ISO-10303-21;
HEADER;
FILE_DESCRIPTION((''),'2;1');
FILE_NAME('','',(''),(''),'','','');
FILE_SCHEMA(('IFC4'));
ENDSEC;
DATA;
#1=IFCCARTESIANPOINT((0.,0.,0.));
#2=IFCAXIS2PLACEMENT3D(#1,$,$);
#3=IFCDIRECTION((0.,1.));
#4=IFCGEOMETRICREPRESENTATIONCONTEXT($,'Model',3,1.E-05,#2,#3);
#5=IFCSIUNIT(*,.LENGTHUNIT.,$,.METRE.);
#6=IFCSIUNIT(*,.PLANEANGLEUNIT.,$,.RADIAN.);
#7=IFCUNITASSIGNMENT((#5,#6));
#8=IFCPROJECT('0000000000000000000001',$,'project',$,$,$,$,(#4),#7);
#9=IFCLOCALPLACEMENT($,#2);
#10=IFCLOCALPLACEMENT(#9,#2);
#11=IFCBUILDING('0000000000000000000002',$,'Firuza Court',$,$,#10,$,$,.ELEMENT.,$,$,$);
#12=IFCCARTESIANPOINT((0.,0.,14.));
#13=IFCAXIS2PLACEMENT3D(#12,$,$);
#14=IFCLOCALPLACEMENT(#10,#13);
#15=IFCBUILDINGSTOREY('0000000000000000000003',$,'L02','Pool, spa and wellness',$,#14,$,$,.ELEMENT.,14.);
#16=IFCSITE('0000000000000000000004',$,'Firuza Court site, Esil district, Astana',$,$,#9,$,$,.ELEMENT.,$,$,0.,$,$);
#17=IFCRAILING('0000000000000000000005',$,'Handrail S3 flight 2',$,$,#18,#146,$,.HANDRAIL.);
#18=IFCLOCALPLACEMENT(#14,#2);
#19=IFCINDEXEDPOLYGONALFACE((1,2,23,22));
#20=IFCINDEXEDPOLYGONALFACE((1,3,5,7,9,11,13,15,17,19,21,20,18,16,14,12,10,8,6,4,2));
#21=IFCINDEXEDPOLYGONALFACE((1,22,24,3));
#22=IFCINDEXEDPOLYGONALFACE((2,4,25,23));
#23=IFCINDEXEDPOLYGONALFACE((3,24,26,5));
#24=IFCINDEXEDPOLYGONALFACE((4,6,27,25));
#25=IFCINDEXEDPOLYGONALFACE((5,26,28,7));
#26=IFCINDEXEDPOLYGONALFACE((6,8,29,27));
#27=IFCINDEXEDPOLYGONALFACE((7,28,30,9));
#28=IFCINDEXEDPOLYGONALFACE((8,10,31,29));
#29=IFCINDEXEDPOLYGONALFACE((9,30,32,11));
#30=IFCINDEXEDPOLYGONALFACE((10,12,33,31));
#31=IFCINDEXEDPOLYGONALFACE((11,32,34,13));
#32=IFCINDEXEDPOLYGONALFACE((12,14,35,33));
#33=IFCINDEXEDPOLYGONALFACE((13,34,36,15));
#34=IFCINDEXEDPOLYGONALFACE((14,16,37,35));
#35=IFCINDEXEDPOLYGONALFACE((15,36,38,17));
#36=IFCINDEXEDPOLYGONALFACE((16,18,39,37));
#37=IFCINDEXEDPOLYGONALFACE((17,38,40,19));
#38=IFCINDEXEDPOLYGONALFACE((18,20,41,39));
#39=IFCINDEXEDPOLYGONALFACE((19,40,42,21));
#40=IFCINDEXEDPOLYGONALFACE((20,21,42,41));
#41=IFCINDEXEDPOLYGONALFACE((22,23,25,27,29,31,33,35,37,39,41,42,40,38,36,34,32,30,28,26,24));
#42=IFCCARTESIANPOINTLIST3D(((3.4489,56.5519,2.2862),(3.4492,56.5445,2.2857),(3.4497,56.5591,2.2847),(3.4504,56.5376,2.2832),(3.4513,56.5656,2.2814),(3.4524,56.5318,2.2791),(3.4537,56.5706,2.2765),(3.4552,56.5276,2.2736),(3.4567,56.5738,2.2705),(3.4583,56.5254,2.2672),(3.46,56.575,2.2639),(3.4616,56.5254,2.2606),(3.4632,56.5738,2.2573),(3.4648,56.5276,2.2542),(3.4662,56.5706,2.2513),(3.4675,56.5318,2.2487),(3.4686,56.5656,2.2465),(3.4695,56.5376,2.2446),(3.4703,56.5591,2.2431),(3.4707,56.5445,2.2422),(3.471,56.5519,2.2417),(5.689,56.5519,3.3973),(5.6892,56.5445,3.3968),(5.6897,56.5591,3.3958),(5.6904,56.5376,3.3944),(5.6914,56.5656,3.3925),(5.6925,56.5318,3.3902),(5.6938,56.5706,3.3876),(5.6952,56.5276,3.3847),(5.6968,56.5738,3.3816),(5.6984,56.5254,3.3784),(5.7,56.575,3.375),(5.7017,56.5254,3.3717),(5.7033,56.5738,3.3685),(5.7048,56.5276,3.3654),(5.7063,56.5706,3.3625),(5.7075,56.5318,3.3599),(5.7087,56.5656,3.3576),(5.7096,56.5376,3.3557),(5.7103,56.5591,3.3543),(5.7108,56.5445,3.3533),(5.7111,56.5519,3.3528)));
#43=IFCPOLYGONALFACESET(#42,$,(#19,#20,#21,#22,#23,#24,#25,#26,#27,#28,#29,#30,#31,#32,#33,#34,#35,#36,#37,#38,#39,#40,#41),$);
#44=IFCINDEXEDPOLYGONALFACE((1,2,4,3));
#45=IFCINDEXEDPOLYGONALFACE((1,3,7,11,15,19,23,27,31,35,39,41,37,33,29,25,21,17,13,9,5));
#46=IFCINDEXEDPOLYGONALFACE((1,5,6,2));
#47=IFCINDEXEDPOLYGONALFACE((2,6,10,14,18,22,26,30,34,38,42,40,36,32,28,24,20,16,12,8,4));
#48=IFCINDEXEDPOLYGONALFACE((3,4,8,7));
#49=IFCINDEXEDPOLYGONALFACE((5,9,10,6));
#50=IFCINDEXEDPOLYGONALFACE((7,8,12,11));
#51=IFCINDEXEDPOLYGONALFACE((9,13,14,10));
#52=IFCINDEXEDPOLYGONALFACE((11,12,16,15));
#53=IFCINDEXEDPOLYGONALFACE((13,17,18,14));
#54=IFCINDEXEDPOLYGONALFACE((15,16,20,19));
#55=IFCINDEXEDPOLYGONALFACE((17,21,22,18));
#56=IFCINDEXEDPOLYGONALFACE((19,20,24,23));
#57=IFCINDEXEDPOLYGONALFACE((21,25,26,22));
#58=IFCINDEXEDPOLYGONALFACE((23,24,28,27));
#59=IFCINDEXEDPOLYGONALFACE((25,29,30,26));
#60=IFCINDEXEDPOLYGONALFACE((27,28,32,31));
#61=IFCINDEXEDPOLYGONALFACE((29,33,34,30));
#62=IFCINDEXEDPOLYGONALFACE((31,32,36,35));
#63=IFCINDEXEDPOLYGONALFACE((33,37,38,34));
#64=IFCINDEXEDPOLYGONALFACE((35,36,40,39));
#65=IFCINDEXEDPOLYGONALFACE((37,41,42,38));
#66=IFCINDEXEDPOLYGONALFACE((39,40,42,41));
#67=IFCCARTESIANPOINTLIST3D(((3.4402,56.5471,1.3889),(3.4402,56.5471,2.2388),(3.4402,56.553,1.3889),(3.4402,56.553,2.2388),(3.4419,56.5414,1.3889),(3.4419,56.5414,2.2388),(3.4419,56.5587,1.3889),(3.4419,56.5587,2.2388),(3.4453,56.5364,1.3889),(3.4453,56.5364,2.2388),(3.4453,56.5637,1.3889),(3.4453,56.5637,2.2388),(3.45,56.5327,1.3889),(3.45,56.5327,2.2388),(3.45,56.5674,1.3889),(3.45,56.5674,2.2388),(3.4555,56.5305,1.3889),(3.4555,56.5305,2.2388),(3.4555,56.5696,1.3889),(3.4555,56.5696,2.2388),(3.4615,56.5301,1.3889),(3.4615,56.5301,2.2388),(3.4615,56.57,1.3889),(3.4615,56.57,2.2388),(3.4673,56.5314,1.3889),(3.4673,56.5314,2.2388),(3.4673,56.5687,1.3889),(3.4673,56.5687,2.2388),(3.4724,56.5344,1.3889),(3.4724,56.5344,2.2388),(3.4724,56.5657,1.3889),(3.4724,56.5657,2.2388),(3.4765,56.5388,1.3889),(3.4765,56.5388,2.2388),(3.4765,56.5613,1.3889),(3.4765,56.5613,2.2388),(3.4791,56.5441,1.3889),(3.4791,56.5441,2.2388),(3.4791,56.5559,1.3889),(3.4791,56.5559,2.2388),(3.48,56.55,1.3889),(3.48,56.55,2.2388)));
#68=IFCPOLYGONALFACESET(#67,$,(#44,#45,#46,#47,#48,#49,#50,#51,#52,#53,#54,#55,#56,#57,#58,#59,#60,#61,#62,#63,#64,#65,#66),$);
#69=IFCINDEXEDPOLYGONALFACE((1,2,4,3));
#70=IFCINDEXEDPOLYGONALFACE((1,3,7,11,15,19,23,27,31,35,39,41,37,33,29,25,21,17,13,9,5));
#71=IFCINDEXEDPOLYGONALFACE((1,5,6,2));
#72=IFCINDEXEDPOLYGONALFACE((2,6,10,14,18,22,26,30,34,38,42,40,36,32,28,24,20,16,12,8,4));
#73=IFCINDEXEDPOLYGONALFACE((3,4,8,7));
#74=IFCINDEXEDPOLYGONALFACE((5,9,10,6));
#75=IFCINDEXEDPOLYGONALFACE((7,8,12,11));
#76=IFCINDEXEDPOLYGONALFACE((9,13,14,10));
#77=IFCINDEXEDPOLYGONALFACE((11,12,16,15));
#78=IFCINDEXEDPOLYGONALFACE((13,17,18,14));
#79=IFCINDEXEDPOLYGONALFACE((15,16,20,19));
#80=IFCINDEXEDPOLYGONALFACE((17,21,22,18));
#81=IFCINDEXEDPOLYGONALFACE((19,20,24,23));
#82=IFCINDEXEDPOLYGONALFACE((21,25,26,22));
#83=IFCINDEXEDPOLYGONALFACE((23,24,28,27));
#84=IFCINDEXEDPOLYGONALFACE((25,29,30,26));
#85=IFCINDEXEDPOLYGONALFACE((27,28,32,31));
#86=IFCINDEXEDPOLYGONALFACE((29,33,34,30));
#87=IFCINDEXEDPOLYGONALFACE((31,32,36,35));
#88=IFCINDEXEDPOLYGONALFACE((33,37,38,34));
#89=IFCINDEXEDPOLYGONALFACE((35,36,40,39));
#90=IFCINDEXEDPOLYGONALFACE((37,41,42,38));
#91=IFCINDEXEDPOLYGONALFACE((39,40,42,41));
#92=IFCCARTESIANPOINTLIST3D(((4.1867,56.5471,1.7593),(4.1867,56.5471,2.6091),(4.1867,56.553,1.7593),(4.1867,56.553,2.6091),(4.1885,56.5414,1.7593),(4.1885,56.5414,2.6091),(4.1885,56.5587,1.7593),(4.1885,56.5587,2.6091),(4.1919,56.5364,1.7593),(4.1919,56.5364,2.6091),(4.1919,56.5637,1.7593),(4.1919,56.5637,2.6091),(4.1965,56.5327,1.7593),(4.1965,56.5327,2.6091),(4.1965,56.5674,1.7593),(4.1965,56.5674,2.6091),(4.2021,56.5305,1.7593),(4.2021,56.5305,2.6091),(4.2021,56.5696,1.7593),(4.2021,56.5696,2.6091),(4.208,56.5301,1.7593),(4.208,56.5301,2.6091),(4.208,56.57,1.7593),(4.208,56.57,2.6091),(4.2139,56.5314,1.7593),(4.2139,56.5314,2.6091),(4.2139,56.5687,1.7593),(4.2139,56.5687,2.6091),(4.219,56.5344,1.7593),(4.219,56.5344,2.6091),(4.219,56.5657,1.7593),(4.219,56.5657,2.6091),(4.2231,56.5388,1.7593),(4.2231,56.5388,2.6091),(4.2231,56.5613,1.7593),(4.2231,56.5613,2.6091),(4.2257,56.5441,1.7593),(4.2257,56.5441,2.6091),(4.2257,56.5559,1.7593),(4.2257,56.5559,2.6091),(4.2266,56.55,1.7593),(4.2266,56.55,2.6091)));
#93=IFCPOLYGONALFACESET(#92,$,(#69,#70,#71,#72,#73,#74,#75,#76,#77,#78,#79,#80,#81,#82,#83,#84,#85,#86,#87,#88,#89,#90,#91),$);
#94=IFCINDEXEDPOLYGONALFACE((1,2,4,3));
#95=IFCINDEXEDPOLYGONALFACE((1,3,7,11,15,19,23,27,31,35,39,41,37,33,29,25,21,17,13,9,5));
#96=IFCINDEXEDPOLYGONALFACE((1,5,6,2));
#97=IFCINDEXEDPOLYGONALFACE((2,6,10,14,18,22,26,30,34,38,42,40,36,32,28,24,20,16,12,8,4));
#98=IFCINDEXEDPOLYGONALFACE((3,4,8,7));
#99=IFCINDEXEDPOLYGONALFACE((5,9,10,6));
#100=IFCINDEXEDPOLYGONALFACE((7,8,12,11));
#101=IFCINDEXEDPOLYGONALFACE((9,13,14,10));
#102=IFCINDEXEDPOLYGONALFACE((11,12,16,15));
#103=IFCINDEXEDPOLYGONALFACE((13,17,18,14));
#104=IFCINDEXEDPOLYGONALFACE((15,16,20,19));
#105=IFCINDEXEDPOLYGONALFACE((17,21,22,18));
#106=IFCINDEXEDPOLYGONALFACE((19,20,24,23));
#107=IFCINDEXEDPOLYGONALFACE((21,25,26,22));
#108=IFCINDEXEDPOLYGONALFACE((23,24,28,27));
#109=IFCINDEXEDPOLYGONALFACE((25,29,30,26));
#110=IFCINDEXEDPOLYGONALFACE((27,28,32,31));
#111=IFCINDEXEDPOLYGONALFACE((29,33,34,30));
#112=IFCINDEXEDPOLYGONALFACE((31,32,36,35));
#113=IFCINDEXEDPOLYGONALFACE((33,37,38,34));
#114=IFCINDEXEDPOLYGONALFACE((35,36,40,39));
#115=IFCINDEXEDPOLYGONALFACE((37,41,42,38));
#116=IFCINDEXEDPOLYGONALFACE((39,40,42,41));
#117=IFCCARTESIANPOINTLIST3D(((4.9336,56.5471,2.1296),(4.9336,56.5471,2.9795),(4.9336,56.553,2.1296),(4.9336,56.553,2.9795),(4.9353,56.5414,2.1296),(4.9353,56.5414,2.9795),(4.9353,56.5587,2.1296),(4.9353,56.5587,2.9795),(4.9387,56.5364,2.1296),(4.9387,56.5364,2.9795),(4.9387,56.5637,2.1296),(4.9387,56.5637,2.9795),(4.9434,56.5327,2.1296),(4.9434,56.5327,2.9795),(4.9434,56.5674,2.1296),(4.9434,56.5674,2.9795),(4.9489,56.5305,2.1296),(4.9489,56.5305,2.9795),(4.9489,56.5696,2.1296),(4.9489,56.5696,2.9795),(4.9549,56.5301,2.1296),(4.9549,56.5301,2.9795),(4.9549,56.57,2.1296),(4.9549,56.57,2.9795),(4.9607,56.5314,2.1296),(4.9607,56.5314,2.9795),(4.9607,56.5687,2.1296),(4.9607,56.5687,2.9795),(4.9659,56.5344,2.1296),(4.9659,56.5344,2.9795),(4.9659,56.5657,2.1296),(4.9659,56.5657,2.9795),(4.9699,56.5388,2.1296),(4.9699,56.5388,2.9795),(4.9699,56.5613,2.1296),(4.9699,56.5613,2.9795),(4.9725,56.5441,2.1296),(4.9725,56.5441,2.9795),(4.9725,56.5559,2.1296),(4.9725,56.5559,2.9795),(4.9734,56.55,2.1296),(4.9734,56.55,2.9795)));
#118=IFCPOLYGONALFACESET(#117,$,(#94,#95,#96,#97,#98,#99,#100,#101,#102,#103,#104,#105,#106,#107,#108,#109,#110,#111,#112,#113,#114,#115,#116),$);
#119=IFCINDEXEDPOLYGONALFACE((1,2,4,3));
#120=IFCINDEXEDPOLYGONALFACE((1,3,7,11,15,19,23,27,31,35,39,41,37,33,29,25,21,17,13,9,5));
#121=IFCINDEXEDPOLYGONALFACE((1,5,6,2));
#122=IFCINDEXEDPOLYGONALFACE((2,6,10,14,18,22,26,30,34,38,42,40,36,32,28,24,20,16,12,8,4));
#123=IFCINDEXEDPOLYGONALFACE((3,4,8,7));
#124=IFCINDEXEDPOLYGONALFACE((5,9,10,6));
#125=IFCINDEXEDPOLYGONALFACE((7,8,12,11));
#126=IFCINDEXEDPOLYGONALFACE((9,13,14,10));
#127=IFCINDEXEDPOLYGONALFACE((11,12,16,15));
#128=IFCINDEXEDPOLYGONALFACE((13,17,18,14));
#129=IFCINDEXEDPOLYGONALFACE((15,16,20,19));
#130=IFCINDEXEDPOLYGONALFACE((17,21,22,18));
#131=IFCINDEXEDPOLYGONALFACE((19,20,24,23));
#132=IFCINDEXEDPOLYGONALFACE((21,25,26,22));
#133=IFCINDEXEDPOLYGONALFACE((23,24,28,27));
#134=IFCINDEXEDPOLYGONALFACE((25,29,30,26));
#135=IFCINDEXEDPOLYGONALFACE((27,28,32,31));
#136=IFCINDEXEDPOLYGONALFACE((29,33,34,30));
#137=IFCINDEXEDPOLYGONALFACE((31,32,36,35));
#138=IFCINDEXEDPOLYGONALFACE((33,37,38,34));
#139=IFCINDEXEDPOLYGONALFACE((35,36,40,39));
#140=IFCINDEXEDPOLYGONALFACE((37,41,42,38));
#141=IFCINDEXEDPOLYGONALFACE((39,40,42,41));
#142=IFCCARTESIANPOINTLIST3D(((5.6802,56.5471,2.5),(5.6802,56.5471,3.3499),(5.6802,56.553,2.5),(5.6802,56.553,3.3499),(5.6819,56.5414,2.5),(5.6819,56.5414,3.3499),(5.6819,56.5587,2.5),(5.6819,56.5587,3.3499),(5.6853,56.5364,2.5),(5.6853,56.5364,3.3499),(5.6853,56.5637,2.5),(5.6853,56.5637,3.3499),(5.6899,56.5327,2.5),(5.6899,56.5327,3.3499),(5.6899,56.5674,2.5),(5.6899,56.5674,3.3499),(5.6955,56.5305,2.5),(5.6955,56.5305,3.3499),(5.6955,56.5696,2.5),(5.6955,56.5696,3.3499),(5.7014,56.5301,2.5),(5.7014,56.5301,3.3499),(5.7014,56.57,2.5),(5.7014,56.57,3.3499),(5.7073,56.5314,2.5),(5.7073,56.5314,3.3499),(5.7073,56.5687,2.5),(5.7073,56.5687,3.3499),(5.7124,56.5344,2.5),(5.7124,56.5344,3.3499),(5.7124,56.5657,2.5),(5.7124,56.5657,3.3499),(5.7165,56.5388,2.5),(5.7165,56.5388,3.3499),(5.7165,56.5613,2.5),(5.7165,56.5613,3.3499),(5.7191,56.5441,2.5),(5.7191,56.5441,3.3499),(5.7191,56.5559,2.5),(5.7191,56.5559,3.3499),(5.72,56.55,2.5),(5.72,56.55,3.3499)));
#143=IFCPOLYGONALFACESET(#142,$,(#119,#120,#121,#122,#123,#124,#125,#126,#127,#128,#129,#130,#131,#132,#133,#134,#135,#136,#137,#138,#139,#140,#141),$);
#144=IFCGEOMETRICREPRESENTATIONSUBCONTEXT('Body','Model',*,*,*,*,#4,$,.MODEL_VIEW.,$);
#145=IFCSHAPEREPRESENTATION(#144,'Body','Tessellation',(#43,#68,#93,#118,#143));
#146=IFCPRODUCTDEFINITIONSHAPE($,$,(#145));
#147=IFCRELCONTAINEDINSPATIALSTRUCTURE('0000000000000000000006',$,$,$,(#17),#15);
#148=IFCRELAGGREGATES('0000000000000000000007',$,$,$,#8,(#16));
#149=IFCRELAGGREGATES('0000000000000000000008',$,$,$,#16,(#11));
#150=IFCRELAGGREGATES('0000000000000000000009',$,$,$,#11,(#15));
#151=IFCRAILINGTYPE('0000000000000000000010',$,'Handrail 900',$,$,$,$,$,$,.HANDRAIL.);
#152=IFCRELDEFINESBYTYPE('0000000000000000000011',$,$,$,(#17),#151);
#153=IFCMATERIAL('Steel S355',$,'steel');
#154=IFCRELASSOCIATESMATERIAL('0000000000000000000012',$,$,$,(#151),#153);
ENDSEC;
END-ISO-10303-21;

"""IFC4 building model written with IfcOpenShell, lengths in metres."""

from ifc_helpers import new_model, si_unit, direction, frame, origin, origin_2d, place, context, subcontext, project, spatial, circle, extrude, material, type_object, element, save


model = new_model("IFC4")

# Units and contexts
model_context = context("Model", 3, precision=1e-05, world=origin(), true_north=direction((0.0, 1.0)))
body_context = subcontext(model_context, "Body", "Model", "MODEL_VIEW")
ifc_project = project(units=[si_unit("LENGTHUNIT", "METRE"), si_unit("PLANEANGLEUNIT", "RADIAN")], contexts=[model_context])

# Site, building, storey
site_placement = place(None, origin())
site = spatial("IfcSite", under=ifc_project, at=site_placement, Name="Firuza Court site, Esil district, Astana", CompositionType="ELEMENT", RefElevation=0.0)
building_placement = place(site_placement, origin())
building = spatial("IfcBuilding", under=site, at=building_placement, Name="Firuza Court", CompositionType="ELEMENT")
storey_placement = place(building_placement, frame((0.0, 0.0, 14.0)))
storey = spatial("IfcBuildingStorey", under=building, at=storey_placement, Name="L02", Description="Pool, spa and wellness", CompositionType="ELEMENT", Elevation=14.0)

# Railing
ifc_material_1 = material(Name="Steel S355", Category="steel")
railing_type_1 = type_object("IfcRailingType", Name="Handrail 900", PredefinedType="HANDRAIL", material=ifc_material_1)
railing_1_placement = place(storey_placement, frame((3.46, 56.55, 1.3889)))
element("IfcRailing", 1, at=railing_1_placement, inside=storey, type_object=railing_type_1, Name="Handrail S3 flight 2", PredefinedType="HANDRAIL", context=body_context, shape_type="SweptSolid", body=[
    extrude(circle(Radius=0.0249, at=origin_2d()), frame((0.0, 0.0, 0.875), z_axis=(0.895848, 0.0, 0.44436), x_axis=(0.0, 1.0, 0.0)), (0.0, 0.0, 1.0), 2.5005),
    extrude(circle(Radius=0.02, at=origin_2d()), origin(), (0.0, 0.0, 1.0), 0.8499),
    extrude(circle(Radius=0.02, at=origin_2d()), frame((0.7466, 0.0, 0.3704)), (0.0, 0.0, 1.0), 0.8499),
    extrude(circle(Radius=0.02, at=origin_2d()), frame((1.4934, 0.0, 0.7407)), (0.0, 0.0, 1.0), 0.8499),
    extrude(circle(Radius=0.02, at=origin_2d()), frame((2.24, 0.0, 1.1111)), (0.0, 0.0, 1.0), 0.8499),
])

save(model, "model.ifc")
